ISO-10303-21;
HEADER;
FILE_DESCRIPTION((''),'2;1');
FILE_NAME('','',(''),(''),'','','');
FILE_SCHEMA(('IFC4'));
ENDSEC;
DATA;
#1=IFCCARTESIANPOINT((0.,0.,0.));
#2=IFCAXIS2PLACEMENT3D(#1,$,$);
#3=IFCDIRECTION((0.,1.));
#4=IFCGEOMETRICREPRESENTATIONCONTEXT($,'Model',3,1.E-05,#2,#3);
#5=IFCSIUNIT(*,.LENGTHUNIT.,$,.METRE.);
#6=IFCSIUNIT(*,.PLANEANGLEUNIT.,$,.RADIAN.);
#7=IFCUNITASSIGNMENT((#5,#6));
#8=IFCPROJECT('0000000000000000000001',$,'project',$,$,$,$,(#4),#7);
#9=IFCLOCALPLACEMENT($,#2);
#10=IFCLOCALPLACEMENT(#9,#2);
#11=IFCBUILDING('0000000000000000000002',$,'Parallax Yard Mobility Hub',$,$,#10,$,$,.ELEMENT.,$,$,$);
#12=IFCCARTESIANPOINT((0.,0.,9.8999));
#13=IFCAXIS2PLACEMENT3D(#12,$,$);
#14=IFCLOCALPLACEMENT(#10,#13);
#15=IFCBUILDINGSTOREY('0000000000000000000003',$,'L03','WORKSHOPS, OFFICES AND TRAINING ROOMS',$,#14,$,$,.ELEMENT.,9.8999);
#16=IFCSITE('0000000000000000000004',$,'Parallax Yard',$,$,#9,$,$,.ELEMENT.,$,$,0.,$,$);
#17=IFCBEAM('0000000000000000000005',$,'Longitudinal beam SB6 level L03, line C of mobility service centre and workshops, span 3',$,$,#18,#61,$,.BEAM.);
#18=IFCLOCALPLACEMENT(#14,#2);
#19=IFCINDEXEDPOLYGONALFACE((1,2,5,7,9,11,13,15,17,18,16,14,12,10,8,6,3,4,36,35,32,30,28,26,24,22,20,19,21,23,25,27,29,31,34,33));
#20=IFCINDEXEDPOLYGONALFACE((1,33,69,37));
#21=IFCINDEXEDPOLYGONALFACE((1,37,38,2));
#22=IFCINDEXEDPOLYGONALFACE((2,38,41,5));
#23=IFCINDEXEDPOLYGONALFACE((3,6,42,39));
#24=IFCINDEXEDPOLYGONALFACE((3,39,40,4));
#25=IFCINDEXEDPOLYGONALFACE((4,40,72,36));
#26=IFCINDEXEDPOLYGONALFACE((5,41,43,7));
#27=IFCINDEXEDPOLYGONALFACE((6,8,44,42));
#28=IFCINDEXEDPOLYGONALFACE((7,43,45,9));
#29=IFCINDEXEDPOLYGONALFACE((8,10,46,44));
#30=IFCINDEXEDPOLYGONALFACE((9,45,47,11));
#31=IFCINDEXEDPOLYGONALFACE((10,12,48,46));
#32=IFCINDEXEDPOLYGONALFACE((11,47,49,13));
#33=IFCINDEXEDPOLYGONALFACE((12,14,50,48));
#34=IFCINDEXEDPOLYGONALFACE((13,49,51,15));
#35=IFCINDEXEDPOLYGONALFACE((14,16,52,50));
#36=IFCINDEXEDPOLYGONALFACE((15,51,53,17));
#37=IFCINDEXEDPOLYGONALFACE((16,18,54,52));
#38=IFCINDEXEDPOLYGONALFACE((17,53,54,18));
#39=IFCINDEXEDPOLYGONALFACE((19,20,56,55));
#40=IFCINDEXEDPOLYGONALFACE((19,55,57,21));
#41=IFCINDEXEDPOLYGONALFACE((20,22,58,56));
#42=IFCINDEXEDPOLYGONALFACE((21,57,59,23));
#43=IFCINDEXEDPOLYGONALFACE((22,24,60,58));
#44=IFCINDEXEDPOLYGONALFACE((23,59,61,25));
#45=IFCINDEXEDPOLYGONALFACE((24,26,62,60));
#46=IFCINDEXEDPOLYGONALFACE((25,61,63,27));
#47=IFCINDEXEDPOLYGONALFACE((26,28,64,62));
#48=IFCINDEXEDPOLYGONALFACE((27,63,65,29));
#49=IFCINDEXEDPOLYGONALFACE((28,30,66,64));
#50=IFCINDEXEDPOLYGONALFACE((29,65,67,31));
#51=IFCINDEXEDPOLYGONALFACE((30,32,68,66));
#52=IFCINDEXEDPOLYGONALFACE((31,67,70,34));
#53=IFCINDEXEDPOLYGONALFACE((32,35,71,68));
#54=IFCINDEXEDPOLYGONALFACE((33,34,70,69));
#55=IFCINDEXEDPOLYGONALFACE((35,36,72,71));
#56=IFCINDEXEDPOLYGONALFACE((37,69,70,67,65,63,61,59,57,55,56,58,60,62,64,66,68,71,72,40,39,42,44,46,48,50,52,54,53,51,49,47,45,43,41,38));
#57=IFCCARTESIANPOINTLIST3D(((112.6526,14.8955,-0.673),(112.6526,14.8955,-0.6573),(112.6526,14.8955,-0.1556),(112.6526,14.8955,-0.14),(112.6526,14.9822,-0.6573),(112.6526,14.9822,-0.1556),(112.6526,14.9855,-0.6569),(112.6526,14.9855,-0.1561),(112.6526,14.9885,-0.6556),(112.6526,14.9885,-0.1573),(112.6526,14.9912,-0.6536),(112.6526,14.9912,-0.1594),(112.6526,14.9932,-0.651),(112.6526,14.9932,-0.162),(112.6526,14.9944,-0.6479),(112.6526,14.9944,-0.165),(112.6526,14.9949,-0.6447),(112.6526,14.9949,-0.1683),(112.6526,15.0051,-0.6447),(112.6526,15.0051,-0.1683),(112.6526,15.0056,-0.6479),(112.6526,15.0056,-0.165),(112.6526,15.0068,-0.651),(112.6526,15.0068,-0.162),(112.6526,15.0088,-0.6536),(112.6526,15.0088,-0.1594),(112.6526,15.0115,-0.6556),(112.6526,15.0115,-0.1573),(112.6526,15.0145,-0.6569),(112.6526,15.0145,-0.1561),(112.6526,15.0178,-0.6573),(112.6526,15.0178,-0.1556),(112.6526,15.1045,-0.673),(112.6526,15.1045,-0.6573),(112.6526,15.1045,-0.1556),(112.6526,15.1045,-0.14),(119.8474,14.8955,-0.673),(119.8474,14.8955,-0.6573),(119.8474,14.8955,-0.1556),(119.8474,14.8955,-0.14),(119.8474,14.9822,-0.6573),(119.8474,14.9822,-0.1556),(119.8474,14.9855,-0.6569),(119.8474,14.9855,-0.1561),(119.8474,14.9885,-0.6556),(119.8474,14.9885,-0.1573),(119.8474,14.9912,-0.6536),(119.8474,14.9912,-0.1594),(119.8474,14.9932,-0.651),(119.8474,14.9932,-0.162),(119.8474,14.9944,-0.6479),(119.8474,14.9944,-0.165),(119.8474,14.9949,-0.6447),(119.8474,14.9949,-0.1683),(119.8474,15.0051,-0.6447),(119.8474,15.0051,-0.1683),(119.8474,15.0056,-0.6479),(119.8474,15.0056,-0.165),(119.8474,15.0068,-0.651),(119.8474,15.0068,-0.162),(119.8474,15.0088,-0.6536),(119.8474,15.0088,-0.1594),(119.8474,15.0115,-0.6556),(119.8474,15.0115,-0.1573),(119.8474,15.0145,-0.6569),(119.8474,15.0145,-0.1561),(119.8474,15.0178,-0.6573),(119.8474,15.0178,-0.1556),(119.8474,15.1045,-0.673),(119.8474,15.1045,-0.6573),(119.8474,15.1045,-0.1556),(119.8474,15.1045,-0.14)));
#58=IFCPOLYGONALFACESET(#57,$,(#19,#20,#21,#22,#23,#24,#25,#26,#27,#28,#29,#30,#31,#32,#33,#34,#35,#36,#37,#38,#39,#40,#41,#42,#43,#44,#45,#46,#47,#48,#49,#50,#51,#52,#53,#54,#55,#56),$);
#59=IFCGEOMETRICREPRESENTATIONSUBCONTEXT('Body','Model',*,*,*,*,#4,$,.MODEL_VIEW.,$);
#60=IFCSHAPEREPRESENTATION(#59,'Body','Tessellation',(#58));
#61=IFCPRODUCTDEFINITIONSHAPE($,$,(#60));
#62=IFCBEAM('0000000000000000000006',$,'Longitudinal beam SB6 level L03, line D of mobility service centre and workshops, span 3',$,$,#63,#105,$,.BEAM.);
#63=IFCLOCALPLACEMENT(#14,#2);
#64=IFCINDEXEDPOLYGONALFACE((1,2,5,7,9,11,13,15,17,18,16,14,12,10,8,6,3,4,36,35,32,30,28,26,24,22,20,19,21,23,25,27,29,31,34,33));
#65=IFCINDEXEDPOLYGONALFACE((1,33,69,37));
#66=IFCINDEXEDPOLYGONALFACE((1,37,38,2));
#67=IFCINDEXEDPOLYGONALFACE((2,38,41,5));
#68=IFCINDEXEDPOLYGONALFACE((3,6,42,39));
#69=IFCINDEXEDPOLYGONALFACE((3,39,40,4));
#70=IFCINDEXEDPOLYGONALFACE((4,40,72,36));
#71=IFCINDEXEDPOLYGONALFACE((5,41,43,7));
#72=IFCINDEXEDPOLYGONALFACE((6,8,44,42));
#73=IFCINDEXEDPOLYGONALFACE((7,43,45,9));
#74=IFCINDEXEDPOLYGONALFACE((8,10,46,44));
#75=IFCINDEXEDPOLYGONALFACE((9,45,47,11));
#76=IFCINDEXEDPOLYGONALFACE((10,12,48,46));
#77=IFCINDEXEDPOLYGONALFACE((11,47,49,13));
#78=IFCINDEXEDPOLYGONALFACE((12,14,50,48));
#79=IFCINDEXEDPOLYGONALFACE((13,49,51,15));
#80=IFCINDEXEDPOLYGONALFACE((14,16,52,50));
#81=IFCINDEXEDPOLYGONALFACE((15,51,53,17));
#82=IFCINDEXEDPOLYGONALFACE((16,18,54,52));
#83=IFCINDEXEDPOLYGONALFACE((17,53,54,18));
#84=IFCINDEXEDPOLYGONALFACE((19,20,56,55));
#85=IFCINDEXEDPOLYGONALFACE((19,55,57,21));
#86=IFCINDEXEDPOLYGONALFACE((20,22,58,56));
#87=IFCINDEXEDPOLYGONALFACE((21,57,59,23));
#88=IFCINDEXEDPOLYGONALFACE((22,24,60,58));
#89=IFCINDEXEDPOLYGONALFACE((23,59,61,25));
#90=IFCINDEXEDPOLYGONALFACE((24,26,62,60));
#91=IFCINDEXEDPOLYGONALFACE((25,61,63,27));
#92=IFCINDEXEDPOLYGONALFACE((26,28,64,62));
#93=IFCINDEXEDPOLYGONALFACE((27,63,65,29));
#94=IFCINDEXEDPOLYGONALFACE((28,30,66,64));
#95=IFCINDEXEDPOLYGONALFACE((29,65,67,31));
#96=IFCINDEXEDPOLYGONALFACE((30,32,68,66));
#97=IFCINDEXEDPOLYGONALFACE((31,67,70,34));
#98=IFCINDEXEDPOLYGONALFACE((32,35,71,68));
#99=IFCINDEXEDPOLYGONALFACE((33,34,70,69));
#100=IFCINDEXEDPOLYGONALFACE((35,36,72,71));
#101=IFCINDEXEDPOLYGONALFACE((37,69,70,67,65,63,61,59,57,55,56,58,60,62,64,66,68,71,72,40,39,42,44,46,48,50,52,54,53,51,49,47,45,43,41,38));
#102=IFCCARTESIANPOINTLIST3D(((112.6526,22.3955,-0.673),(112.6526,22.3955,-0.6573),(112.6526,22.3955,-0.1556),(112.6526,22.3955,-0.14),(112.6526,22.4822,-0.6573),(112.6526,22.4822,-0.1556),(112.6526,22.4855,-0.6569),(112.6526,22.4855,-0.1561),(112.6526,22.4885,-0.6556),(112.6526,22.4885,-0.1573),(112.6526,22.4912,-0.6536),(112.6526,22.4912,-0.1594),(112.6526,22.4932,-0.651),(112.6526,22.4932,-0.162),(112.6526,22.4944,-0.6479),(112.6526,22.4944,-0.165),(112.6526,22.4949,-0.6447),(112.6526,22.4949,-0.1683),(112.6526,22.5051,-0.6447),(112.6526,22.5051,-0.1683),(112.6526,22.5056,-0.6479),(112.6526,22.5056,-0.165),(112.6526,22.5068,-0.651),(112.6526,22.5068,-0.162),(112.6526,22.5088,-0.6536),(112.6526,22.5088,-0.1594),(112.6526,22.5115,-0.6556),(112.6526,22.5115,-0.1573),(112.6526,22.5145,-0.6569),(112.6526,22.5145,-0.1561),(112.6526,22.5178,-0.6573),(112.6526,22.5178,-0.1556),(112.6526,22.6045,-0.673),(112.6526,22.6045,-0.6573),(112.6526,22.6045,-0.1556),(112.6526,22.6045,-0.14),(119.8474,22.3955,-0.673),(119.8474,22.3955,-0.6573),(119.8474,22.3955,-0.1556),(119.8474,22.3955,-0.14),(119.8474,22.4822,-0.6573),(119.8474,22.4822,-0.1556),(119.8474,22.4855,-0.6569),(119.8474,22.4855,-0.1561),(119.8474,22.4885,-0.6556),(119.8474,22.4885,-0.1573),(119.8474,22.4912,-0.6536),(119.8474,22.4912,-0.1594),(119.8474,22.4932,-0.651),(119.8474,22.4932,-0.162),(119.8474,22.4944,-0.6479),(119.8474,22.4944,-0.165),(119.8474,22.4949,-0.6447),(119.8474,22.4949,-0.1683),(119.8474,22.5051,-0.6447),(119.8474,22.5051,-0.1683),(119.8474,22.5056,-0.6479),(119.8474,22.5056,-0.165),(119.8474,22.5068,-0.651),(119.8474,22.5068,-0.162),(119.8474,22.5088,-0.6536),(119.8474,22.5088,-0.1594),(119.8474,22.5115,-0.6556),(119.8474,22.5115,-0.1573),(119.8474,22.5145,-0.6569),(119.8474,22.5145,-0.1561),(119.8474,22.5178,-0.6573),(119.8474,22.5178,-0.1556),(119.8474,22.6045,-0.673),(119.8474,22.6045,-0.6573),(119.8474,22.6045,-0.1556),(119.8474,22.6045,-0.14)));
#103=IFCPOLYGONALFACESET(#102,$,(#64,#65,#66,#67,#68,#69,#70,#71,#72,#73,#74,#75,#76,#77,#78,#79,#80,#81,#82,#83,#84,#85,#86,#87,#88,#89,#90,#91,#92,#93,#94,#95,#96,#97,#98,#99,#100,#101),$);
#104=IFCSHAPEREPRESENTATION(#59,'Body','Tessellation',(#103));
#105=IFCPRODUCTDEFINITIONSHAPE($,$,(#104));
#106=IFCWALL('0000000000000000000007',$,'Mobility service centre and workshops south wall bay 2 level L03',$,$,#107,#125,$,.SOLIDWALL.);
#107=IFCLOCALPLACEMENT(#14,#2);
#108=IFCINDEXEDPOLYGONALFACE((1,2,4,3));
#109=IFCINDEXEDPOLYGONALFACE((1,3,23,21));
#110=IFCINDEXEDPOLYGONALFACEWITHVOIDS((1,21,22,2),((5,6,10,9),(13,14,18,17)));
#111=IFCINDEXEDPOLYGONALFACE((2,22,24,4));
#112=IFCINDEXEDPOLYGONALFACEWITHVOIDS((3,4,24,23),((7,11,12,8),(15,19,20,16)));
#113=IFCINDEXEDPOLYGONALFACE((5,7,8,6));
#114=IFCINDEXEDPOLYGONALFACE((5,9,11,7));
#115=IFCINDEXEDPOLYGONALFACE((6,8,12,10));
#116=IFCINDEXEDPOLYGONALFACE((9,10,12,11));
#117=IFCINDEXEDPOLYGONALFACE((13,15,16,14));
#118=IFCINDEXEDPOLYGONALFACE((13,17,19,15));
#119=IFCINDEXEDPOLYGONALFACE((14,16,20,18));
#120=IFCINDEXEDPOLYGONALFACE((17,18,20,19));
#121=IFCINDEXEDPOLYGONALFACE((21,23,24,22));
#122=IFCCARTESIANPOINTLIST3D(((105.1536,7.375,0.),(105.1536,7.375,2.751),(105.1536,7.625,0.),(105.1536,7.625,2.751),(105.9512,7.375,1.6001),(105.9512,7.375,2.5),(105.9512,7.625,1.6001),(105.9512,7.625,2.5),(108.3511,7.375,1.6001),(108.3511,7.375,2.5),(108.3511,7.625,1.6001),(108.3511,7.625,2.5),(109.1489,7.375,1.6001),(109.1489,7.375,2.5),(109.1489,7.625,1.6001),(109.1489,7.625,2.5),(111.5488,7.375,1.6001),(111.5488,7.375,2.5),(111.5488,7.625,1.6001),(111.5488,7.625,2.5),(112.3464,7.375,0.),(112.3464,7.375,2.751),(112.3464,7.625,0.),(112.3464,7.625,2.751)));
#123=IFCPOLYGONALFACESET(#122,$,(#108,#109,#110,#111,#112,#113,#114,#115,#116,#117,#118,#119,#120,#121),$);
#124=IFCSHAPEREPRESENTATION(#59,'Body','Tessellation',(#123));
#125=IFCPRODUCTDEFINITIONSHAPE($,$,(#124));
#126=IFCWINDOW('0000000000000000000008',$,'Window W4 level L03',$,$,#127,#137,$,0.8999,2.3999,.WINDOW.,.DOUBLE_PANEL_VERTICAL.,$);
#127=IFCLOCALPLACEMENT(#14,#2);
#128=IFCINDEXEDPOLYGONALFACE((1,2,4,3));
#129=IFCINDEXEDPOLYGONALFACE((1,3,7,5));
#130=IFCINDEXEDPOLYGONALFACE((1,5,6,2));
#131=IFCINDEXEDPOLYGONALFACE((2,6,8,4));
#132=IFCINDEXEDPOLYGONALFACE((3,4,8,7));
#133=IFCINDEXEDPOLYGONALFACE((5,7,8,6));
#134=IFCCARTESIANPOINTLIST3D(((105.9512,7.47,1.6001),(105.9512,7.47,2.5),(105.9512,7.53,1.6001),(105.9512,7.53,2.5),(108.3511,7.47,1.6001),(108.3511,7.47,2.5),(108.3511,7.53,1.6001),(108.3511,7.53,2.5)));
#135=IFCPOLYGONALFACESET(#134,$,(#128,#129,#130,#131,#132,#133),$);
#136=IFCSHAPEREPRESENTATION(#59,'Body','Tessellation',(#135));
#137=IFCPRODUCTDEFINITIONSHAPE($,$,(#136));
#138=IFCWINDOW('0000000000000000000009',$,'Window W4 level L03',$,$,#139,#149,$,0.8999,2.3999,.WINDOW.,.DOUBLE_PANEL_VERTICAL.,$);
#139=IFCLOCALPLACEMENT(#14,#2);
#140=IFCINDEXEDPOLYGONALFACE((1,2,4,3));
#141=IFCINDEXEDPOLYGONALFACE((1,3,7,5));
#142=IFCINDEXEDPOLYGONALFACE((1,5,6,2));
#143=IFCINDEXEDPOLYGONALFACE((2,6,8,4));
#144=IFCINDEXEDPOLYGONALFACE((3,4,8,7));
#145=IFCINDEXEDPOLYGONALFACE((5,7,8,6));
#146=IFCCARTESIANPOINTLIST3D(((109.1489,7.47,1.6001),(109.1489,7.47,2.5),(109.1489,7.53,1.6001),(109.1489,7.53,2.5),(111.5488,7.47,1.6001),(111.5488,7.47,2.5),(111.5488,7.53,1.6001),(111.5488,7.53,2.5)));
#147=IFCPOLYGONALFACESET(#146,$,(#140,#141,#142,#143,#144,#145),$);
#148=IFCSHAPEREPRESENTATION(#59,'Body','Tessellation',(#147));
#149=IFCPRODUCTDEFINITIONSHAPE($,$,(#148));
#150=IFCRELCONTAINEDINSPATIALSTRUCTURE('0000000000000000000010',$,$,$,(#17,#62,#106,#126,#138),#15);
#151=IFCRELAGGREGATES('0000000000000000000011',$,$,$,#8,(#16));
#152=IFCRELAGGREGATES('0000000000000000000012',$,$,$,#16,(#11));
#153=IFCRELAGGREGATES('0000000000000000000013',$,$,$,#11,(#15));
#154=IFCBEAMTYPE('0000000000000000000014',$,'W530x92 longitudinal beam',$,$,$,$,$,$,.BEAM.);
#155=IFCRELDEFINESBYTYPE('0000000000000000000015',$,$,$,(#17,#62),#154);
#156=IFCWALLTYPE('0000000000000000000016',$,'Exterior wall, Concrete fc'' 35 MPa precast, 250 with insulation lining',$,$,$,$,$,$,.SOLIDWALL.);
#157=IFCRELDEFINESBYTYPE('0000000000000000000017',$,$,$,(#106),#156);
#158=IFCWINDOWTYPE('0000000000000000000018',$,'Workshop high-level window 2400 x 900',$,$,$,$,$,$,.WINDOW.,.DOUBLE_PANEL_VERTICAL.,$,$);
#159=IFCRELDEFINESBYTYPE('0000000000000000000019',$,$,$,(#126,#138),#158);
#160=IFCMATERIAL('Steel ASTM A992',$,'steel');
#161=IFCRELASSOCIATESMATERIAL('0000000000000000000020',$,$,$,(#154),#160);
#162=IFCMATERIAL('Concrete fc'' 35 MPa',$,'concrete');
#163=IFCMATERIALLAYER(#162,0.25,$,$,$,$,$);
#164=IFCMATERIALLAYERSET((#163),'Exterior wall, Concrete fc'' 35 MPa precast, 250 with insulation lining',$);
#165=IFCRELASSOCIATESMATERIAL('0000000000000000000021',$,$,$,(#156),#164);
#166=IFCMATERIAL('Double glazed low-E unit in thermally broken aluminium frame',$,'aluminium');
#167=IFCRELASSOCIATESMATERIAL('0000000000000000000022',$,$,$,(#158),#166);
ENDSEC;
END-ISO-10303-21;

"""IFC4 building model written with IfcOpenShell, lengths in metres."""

from ifc_helpers import new_model, si_unit, direction, frame, frame_2d, origin, origin_2d, place, context, subcontext, project, spatial, rectangle, i_section, extrude, material, layer, layer_set, material_profile, profile_set, type_object, element, fill, save


model = new_model("IFC4")

# Units and contexts
model_context = context("Model", 3, precision=1e-05, world=origin(), true_north=direction((0.0, 1.0)))
body_context = subcontext(model_context, "Body", "Model", "MODEL_VIEW")
ifc_project = project(units=[si_unit("LENGTHUNIT", "METRE"), si_unit("PLANEANGLEUNIT", "RADIAN")], contexts=[model_context])

# Site, building, storey
site_placement = place(None, origin())
site = spatial("IfcSite", under=ifc_project, at=site_placement, Name="Parallax Yard", CompositionType="ELEMENT", RefElevation=0.0)
building_placement = place(site_placement, origin())
building = spatial("IfcBuilding", under=site, at=building_placement, Name="Parallax Yard Mobility Hub", CompositionType="ELEMENT")
storey_placement = place(building_placement, frame((0.0, 0.0, 9.8999)))
storey = spatial("IfcBuildingStorey", under=building, at=storey_placement, Name="L03", Description="WORKSHOPS, OFFICES AND TRAINING ROOMS", CompositionType="ELEMENT", Elevation=9.8999)

# Shared definitions
ifc_material_1 = material(Name="Steel ASTM A992", Category="steel")

# Beams
ifc_material_profile_1 = material_profile(ifc_material_1, i_section(OverallWidth=0.209, OverallDepth=0.533, WebThickness=0.0103, FlangeThickness=0.0156, FilletRadius=0.0127, at=origin_2d()), Name="W530x92")
ifc_profile_set_1 = profile_set([ifc_material_profile_1], Name="Steel ASTM A992")
beam_type_1 = type_object("IfcBeamType", Name="W530x92 longitudinal beam", PredefinedType="BEAM", material=ifc_profile_set_1)
for number, where, z_axis, x_axis, name in (
    (1, (112.6526, 15.0, -0.4065), (1.0, 0.0, 0.0), (0.0, 1.0, 0.0), "Longitudinal beam SB6 level L03, line C of mobility service centre and workshops, span 3"),
    (2, (112.6526, 22.5, -0.4065), (1.0, 0.0, 0.0), (0.0, 1.0, 0.0), "Longitudinal beam SB6 level L03, line D of mobility service centre and workshops, span 3"),
):
    element("IfcBeam", number, at=place(storey_placement, frame(where, z_axis=z_axis, x_axis=x_axis)), inside=storey, type_object=beam_type_1, Name=name, PredefinedType="BEAM", context=body_context, shape_type="SweptSolid", body=[
        extrude(i_section(OverallWidth=0.209, OverallDepth=0.533, WebThickness=0.0103, FlangeThickness=0.0156, FilletRadius=0.0127, at=origin_2d()), origin(), (0.0, 0.0, 1.0), 7.1948),
    ])

# Wall, openings, windows
ifc_material_2 = material(Name="Concrete fc' 35 MPa", Category="concrete")
ifc_layer = layer(ifc_material_2, 0.25)
ifc_layer_set = layer_set([ifc_layer], Name="Exterior wall, Concrete fc' 35 MPa precast, 250 with insulation lining")
wall_type = type_object("IfcWallType", Name="Exterior wall, Concrete fc' 35 MPa precast, 250 with insulation lining", PredefinedType="SOLIDWALL", material=ifc_layer_set)
wall_placement = place(storey_placement, frame((105.1536, 7.5, 0.0), z_axis=(0.0, 0.0, 1.0), x_axis=(1.0, 0.0, 0.0)))
wall = element("IfcWall", 3, at=wall_placement, inside=storey, type_object=wall_type, Name="Mobility service centre and workshops south wall bay 2 level L03", PredefinedType="SOLIDWALL", context=body_context, shape_type="SweptSolid", body=[
    extrude(rectangle(XDim=7.1929, YDim=0.25, at=frame_2d((3.5964, 0.0))), origin(), (0.0, 0.0, 1.0), 2.751),
])
opening_1_placement = place(wall_placement, frame((0.7976, 0.0, 1.6001)))
opening_1 = element("IfcOpeningElement", 4, at=opening_1_placement, cuts=wall, PredefinedType="OPENING", context=body_context, shape_type="SweptSolid", body=[
    extrude(rectangle(XDim=2.3999, YDim=0.8999, at=frame_2d((1.2, 0.45))), frame((0.0, 0.135, 0.0), z_axis=(0.0, -1.0, 0.0), x_axis=(1.0, 0.0, 0.0)), (0.0, 0.0, 1.0), 0.27),
])
opening_2_placement = place(wall_placement, frame((3.9954, 0.0, 1.6001)))
opening_2 = element("IfcOpeningElement", 5, at=opening_2_placement, cuts=wall, PredefinedType="OPENING", context=body_context, shape_type="SweptSolid", body=[
    extrude(rectangle(XDim=2.3999, YDim=0.8999, at=frame_2d((1.2, 0.45))), frame((0.0, 0.135, 0.0), z_axis=(0.0, -1.0, 0.0), x_axis=(1.0, 0.0, 0.0)), (0.0, 0.0, 1.0), 0.27),
])
ifc_material_3 = material(Name="Double glazed low-E unit in thermally broken aluminium frame", Category="aluminium")
window_type = type_object("IfcWindowType", Name="Workshop high-level window 2400 x 900", PartitioningType="DOUBLE_PANEL_VERTICAL", PredefinedType="WINDOW", material=ifc_material_3)
window_1_placement = place(opening_1_placement, origin())
window_1 = element("IfcWindow", 6, at=window_1_placement, inside=storey, type_object=window_type, Name="Window W4 level L03", OverallHeight=0.8999, OverallWidth=2.3999, PartitioningType="DOUBLE_PANEL_VERTICAL", PredefinedType="WINDOW", context=body_context, shape_type="SweptSolid", body=[
    extrude(rectangle(XDim=2.3999, YDim=0.8999, at=frame_2d((1.2, 0.45))), frame((0.0, 0.03, 0.0), z_axis=(0.0, -1.0, 0.0), x_axis=(1.0, 0.0, 0.0)), (0.0, 0.0, 1.0), 0.0601),
])
fill(opening_1, window_1)
window_2_placement = place(opening_2_placement, origin())
window_2 = element("IfcWindow", 7, at=window_2_placement, inside=storey, type_object=window_type, Name="Window W4 level L03", OverallHeight=0.8999, OverallWidth=2.3999, PartitioningType="DOUBLE_PANEL_VERTICAL", PredefinedType="WINDOW", context=body_context, shape_type="SweptSolid", body=[
    extrude(rectangle(XDim=2.3999, YDim=0.8999, at=frame_2d((1.2, 0.45))), frame((0.0, 0.03, 0.0), z_axis=(0.0, -1.0, 0.0), x_axis=(1.0, 0.0, 0.0)), (0.0, 0.0, 1.0), 0.0601),
])
fill(opening_2, window_2)

save(model, "model.ifc")
